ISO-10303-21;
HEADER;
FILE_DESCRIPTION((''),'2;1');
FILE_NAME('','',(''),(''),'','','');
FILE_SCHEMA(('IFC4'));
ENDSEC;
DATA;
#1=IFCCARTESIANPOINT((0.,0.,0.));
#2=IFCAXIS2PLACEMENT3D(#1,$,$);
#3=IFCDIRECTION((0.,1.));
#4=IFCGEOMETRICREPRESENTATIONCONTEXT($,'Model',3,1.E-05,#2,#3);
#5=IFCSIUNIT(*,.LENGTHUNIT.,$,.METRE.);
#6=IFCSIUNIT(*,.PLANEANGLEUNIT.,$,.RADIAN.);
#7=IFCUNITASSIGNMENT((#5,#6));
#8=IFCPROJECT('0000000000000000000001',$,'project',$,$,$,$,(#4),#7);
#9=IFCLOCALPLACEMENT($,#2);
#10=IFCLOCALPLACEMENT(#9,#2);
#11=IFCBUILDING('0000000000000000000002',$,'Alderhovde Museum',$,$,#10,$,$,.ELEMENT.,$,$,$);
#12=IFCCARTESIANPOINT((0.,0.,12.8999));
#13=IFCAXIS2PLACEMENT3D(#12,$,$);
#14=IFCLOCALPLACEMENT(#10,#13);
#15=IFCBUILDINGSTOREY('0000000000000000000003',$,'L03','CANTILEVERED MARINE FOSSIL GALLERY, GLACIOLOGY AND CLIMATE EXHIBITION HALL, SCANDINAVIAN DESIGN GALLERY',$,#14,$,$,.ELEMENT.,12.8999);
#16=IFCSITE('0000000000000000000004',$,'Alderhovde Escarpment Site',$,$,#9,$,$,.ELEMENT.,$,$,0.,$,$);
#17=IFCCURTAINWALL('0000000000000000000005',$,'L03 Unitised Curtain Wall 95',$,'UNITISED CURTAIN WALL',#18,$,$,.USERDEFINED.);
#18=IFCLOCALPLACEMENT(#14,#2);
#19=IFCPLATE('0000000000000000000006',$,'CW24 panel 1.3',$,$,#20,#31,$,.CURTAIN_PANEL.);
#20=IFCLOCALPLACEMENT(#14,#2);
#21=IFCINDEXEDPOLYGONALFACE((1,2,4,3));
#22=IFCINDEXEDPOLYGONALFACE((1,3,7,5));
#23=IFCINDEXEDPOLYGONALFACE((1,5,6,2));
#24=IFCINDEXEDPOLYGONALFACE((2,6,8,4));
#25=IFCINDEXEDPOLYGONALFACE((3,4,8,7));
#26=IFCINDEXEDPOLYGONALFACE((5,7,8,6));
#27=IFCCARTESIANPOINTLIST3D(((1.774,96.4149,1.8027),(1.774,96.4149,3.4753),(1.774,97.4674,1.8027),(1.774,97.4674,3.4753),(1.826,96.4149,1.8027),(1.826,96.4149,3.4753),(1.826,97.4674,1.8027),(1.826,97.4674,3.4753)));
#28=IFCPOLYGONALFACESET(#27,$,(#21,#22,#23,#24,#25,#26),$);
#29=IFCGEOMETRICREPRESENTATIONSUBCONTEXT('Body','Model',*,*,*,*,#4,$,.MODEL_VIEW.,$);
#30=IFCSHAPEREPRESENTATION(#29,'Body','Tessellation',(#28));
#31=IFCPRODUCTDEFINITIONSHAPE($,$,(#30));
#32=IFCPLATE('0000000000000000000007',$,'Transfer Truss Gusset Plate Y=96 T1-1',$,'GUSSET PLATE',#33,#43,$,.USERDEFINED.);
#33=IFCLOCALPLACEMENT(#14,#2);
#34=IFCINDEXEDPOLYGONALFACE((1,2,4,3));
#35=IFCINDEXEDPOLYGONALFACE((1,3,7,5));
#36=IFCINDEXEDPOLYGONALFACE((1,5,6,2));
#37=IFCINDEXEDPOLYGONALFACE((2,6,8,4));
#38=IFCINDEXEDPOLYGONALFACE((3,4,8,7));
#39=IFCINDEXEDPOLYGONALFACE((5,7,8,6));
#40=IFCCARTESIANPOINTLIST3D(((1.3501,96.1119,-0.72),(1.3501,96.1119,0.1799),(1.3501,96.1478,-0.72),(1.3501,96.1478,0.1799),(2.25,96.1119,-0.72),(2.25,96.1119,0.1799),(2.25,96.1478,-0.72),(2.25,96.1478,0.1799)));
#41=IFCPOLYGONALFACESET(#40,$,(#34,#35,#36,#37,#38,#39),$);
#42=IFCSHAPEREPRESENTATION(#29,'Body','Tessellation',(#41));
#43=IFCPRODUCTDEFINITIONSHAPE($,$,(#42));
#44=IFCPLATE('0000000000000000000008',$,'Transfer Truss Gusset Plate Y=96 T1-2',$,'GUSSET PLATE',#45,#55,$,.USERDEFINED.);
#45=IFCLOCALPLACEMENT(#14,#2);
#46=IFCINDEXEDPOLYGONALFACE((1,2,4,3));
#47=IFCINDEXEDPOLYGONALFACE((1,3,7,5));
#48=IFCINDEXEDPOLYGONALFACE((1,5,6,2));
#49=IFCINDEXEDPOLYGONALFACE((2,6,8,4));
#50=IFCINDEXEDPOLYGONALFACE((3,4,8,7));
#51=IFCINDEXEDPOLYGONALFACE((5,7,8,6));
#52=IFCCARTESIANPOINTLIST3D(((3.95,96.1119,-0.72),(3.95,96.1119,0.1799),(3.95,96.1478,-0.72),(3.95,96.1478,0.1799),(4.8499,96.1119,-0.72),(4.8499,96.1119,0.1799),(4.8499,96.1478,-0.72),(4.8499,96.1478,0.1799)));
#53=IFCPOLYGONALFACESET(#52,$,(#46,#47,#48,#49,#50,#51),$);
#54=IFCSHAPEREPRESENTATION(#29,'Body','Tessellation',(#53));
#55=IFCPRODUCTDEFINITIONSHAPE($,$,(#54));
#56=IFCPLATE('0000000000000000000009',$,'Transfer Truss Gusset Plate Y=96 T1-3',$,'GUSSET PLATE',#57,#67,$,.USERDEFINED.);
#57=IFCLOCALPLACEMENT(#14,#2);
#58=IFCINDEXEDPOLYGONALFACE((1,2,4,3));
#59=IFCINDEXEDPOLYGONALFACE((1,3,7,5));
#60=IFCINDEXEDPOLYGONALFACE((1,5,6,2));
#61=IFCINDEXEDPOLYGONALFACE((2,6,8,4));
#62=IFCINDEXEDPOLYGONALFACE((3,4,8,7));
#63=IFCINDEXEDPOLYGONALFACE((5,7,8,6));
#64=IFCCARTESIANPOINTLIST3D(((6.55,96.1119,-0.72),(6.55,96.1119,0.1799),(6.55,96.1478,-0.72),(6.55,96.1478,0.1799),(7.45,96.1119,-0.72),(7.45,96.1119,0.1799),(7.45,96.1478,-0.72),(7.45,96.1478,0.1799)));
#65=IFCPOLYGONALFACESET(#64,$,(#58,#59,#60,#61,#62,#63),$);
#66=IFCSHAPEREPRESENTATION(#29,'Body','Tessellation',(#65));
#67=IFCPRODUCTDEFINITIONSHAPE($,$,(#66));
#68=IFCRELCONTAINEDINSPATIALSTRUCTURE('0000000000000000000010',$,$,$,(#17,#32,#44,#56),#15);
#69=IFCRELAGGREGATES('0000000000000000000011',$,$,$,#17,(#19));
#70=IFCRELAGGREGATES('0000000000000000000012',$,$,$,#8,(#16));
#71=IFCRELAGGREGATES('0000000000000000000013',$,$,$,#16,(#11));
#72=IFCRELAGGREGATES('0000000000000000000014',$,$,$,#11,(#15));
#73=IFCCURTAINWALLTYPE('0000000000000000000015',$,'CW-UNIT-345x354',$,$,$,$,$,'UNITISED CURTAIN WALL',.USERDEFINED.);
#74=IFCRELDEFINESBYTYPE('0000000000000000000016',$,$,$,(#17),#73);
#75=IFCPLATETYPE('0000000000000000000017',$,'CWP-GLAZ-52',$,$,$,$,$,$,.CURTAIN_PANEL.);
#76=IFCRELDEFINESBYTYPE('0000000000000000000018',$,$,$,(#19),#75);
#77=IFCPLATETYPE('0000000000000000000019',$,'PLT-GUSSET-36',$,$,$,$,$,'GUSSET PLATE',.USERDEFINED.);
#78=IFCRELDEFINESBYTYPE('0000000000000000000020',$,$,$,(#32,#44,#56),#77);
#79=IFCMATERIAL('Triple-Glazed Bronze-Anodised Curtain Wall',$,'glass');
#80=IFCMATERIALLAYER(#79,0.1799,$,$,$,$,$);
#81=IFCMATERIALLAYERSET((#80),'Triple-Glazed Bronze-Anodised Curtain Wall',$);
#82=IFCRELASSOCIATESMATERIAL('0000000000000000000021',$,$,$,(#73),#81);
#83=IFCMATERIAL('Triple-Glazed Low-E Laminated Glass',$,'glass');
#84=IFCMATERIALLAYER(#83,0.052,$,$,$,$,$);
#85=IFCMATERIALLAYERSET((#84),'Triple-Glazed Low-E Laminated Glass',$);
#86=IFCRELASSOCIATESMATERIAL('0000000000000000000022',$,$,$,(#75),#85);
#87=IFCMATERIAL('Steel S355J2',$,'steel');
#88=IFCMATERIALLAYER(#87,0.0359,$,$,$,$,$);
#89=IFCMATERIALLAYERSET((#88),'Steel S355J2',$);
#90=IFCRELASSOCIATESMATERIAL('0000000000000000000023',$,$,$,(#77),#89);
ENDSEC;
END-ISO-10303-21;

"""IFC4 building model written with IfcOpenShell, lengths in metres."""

from ifc_helpers import new_model, si_unit, direction, frame, origin, origin_2d, place, context, subcontext, project, spatial, rectangle, extrude, material, layer, layer_set, type_object, element, aggregate, save


model = new_model("IFC4")

# Units and contexts
model_context = context("Model", 3, precision=1e-05, world=origin(), true_north=direction((0.0, 1.0)))
body_context = subcontext(model_context, "Body", "Model", "MODEL_VIEW")
ifc_project = project(units=[si_unit("LENGTHUNIT", "METRE"), si_unit("PLANEANGLEUNIT", "RADIAN")], contexts=[model_context])

# Site, building, storey
site_placement = place(None, origin())
site = spatial("IfcSite", under=ifc_project, at=site_placement, Name="Alderhovde Escarpment Site", CompositionType="ELEMENT", RefElevation=0.0)
building_placement = place(site_placement, origin())
building = spatial("IfcBuilding", under=site, at=building_placement, Name="Alderhovde Museum", CompositionType="ELEMENT")
storey_placement = place(building_placement, frame((0.0, 0.0, 12.8999)))
storey = spatial("IfcBuildingStorey", under=building, at=storey_placement, Name="L03", Description="CANTILEVERED MARINE FOSSIL GALLERY, GLACIOLOGY AND CLIMATE EXHIBITION HALL, SCANDINAVIAN DESIGN GALLERY", CompositionType="ELEMENT", Elevation=12.8999)

# Curtain wall
ifc_material_1 = material(Name="Triple-Glazed Bronze-Anodised Curtain Wall", Category="glass")
ifc_layer_1 = layer(ifc_material_1, 0.1799)
ifc_layer_set_1 = layer_set([ifc_layer_1], Name="Triple-Glazed Bronze-Anodised Curtain Wall")
curtain_wall_type_1 = type_object("IfcCurtainWallType", Name="CW-UNIT-345x354", ElementType="UNITISED CURTAIN WALL", PredefinedType="USERDEFINED", material=ifc_layer_set_1)
curtain_wall_1_placement = place(storey_placement, origin())
curtain_wall_1 = element("IfcCurtainWall", 1, at=curtain_wall_1_placement, inside=storey, type_object=curtain_wall_type_1, Name="L03 Unitised Curtain Wall 95", ObjectType="UNITISED CURTAIN WALL", PredefinedType="USERDEFINED")

# Plate
ifc_material_2 = material(Name="Triple-Glazed Low-E Laminated Glass", Category="glass")
ifc_layer_2 = layer(ifc_material_2, 0.052)
ifc_layer_set_2 = layer_set([ifc_layer_2], Name="Triple-Glazed Low-E Laminated Glass")
plate_type_1 = type_object("IfcPlateType", Name="CWP-GLAZ-52", PredefinedType="CURTAIN_PANEL", material=ifc_layer_set_2)
plate_1_placement = place(storey_placement, frame((1.8, 96.9412, 1.8027), z_axis=(0.0, 0.0, 1.0), x_axis=(0.0, 1.0, 0.0)))
plate_1 = element("IfcPlate", 2, at=plate_1_placement, type_object=plate_type_1, Name="CW24 panel 1.3", PredefinedType="CURTAIN_PANEL", context=body_context, shape_type="SweptSolid", body=[
    extrude(rectangle(XDim=1.0525, YDim=0.052, at=origin_2d()), origin(), (0.0, 0.0, 1.0), 1.6726),
])
aggregate(curtain_wall_1, [plate_1])

# Plates
ifc_material_3 = material(Name="Steel S355J2", Category="steel")
ifc_layer_3 = layer(ifc_material_3, 0.0359)
ifc_layer_set_3 = layer_set([ifc_layer_3], Name="Steel S355J2")
plate_type_2 = type_object("IfcPlateType", Name="PLT-GUSSET-36", ElementType="GUSSET PLATE", PredefinedType="USERDEFINED", material=ifc_layer_set_3)
for number, where, z_axis, x_axis, name in (
    (3, (1.8, 96.1299, -0.72), (0.0, 0.0, 1.0), (1.0, 0.0, 0.0), "Transfer Truss Gusset Plate Y=96 T1-1"),
    (4, (4.3999, 96.1299, -0.72), (0.0, 0.0, 1.0), (1.0, 0.0, 0.0), "Transfer Truss Gusset Plate Y=96 T1-2"),
    (5, (7.0, 96.1299, -0.72), (0.0, 0.0, 1.0), (1.0, 0.0, 0.0), "Transfer Truss Gusset Plate Y=96 T1-3"),
):
    element("IfcPlate", number, at=place(storey_placement, frame(where, z_axis=z_axis, x_axis=x_axis)), inside=storey, type_object=plate_type_2, Name=name, ObjectType="GUSSET PLATE", PredefinedType="USERDEFINED", context=body_context, shape_type="SweptSolid", body=[
        extrude(rectangle(XDim=0.8999, YDim=0.0359, at=origin_2d()), origin(), (0.0, 0.0, 1.0), 0.8999),
    ])

save(model, "model.ifc")
